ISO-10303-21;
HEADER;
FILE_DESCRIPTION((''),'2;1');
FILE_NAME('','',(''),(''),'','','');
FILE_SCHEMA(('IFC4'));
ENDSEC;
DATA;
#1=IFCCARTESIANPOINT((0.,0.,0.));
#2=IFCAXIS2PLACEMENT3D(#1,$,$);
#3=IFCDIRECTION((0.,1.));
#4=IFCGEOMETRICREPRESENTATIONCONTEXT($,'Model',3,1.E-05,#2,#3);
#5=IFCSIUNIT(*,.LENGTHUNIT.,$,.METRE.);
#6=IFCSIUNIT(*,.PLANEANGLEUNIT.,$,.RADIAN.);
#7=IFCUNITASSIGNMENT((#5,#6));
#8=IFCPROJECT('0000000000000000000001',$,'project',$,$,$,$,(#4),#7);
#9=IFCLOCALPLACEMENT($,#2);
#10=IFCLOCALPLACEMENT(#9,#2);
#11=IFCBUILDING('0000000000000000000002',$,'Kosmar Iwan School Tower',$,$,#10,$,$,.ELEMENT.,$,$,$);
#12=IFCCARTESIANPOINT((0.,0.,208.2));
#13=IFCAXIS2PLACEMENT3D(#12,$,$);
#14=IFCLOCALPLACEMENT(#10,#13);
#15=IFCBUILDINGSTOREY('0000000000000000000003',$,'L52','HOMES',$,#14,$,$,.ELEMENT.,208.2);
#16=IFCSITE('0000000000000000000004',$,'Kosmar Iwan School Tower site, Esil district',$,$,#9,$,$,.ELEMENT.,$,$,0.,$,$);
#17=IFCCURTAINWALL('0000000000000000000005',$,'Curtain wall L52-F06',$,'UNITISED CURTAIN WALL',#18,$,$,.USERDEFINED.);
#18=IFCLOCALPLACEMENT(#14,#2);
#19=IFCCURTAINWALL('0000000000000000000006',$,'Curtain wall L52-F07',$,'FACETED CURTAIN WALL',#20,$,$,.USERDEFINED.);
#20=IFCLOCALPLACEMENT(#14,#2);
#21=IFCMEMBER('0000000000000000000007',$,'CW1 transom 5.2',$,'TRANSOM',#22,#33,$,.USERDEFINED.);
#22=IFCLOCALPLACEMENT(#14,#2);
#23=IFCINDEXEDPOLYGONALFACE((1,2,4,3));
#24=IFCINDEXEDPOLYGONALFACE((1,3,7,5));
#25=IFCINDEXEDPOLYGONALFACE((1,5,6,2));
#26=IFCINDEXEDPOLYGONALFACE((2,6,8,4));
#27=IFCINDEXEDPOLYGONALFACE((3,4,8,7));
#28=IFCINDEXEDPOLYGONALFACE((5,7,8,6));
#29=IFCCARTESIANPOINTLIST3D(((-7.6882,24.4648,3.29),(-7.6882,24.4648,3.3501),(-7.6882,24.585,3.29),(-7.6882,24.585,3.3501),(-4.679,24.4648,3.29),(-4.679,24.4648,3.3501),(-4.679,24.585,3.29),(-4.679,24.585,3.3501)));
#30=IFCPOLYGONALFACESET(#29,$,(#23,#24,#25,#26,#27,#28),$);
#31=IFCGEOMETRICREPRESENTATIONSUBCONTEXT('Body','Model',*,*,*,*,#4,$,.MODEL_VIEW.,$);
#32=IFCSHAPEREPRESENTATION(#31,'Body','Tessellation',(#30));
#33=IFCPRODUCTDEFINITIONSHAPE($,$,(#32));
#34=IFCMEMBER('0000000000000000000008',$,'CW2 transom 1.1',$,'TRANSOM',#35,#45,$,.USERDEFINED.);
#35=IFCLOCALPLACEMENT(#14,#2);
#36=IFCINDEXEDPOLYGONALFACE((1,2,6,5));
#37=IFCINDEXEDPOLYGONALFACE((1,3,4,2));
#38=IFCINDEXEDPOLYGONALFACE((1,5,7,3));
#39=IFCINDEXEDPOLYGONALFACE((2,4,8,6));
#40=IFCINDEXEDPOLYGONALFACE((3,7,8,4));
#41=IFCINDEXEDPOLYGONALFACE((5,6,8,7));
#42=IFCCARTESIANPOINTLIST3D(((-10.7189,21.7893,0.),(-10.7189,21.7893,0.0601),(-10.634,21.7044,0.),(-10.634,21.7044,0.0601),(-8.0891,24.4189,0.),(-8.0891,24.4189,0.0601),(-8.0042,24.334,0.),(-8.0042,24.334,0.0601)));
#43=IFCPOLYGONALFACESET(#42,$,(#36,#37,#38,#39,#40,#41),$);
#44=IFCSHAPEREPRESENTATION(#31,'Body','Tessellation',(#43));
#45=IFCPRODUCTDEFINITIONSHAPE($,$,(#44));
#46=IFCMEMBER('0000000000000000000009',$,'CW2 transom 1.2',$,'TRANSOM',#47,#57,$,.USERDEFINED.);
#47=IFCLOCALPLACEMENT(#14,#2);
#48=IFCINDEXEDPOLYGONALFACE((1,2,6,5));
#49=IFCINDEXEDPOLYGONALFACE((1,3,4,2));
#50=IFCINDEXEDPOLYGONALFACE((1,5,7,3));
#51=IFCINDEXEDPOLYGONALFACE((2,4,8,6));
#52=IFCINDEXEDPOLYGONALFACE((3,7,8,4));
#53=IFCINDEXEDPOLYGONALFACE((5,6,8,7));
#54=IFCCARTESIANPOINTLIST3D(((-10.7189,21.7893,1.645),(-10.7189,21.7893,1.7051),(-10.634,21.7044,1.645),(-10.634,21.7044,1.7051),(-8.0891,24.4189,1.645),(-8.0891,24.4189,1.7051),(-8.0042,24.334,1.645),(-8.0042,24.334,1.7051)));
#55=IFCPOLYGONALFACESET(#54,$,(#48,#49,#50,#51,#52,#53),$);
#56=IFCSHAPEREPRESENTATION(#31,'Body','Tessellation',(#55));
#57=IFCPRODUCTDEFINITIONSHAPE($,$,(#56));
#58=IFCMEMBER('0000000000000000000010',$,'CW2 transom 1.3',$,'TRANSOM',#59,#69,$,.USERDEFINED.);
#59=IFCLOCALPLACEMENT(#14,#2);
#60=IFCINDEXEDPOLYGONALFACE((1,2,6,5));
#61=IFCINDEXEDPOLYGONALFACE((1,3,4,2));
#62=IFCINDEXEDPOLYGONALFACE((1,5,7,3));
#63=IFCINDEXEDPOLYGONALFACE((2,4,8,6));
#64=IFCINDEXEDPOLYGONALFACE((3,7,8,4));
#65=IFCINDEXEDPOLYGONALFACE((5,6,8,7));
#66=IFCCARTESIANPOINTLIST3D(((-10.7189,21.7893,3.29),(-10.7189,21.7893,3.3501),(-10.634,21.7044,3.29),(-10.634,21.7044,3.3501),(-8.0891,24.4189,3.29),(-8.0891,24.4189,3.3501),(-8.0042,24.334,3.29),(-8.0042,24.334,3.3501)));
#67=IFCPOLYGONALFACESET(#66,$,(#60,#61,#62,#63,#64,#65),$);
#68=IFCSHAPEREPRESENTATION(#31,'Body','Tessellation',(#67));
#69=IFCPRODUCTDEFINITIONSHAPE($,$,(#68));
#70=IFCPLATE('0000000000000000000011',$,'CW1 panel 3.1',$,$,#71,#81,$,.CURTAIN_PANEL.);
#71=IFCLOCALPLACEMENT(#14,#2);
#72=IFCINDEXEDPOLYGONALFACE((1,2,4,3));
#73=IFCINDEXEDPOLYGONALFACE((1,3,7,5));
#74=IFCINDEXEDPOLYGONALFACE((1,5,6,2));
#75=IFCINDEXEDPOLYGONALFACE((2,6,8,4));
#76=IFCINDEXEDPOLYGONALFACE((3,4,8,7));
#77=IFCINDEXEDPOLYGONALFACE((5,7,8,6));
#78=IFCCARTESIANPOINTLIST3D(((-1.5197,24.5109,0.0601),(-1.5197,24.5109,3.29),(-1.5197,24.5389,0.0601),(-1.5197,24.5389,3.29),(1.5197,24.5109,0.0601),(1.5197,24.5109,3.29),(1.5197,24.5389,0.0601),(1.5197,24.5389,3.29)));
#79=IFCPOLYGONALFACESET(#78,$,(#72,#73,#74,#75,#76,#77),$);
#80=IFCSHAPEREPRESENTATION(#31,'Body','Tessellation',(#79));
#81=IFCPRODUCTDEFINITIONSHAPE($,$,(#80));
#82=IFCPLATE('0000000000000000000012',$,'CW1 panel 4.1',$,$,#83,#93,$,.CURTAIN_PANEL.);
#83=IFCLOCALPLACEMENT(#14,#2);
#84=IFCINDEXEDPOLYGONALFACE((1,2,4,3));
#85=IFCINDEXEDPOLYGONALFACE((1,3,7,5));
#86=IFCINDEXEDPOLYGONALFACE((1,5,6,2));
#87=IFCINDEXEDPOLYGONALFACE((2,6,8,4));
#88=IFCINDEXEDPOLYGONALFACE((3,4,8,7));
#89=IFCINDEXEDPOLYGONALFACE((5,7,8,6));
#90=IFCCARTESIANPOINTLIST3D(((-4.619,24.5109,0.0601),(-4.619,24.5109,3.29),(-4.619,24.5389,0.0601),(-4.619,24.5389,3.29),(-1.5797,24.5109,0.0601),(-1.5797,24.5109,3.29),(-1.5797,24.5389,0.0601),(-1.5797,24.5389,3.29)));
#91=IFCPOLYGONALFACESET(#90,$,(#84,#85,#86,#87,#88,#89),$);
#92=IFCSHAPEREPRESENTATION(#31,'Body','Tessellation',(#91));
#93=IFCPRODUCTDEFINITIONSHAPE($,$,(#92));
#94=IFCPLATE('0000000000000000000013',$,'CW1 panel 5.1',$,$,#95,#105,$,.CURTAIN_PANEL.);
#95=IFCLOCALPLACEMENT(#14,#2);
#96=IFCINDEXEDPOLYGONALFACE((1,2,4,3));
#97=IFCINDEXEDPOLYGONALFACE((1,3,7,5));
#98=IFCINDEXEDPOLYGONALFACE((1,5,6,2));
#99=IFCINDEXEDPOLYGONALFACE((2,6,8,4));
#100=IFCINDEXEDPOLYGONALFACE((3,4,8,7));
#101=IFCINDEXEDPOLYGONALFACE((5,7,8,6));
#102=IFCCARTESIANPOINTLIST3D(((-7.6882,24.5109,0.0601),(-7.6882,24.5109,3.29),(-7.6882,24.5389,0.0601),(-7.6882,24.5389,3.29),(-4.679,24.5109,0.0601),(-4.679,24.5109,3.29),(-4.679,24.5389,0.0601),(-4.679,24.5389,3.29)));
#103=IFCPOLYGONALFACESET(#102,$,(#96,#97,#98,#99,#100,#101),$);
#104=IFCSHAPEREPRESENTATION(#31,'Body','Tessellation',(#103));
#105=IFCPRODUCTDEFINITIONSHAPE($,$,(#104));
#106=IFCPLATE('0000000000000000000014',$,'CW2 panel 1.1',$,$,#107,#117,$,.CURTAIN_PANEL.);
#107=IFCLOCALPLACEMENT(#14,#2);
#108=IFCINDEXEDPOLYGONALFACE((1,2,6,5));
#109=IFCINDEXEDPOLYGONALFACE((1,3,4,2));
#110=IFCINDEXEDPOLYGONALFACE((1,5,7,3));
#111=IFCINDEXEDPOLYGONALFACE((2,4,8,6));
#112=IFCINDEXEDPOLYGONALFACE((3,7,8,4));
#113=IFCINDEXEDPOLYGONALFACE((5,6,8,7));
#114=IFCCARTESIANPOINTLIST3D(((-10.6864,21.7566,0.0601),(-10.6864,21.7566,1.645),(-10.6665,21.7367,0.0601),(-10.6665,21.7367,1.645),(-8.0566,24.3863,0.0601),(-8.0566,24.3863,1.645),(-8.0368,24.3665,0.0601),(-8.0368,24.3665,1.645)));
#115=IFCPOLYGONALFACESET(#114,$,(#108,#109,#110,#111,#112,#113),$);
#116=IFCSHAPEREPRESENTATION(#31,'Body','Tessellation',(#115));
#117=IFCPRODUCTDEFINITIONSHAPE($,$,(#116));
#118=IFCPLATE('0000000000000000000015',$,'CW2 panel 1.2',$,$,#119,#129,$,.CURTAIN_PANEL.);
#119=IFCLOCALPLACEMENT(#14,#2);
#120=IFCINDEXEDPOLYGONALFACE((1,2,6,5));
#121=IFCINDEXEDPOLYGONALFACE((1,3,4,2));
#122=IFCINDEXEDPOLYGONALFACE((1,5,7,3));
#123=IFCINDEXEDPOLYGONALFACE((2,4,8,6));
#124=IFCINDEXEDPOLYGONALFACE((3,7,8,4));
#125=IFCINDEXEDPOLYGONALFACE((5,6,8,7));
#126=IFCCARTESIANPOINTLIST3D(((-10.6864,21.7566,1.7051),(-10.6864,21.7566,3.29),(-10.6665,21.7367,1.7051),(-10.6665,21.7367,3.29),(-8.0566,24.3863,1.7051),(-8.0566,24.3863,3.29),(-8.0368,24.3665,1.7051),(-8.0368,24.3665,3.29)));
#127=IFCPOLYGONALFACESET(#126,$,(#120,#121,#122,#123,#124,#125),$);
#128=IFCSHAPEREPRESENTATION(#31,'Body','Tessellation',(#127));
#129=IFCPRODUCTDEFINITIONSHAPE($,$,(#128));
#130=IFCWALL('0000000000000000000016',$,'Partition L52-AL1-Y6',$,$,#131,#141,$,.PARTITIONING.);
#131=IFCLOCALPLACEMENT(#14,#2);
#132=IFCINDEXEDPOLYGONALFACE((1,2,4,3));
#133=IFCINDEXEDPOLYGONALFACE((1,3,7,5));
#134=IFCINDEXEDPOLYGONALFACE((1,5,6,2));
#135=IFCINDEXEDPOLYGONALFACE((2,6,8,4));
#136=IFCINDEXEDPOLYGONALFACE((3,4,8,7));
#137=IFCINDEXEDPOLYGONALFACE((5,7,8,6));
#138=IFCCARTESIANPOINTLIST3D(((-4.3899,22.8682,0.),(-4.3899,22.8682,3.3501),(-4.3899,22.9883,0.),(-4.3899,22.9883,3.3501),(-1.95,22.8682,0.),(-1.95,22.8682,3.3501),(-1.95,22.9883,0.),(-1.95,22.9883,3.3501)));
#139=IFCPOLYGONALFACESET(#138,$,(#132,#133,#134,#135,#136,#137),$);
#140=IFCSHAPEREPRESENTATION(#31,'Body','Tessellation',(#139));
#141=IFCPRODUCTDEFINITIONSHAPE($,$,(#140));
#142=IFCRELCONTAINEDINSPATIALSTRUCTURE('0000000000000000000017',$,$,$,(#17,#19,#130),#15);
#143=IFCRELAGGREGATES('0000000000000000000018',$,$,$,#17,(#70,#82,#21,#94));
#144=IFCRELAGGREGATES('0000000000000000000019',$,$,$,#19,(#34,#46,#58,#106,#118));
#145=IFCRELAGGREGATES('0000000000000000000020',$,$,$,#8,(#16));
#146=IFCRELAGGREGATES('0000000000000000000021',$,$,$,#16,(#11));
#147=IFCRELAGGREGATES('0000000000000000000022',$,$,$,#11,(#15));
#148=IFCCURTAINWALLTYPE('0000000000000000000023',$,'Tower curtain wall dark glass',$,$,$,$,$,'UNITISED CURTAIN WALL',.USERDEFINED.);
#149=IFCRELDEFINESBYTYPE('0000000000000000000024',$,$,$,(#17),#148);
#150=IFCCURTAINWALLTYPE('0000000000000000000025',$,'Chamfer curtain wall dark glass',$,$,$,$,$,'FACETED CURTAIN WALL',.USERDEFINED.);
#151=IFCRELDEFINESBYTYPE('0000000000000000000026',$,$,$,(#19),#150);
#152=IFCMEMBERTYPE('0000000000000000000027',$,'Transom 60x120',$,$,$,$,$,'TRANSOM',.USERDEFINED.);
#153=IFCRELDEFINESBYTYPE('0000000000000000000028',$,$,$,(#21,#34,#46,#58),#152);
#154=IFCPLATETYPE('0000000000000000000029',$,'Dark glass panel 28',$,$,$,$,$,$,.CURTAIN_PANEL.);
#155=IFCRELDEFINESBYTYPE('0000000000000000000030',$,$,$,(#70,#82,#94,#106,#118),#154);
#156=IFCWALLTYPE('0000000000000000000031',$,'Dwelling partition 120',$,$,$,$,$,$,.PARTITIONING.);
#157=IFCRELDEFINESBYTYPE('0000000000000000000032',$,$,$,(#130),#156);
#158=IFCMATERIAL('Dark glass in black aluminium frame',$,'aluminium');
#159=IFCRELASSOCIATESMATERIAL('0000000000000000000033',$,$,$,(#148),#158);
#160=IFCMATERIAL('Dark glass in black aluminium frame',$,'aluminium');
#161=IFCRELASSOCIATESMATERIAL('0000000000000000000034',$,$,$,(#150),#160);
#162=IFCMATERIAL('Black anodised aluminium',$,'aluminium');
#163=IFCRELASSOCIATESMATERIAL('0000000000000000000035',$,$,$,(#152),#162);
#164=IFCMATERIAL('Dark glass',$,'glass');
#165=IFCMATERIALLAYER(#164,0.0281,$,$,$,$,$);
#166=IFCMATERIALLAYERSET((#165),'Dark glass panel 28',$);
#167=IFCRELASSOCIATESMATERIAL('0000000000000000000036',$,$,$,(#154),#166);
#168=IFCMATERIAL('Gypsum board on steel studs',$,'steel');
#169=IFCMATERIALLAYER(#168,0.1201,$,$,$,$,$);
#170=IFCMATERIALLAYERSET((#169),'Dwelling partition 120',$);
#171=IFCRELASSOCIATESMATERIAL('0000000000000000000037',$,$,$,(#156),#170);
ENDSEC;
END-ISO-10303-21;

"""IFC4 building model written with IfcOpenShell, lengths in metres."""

from ifc_helpers import new_model, si_unit, direction, frame, frame_2d, origin, origin_2d, place, context, subcontext, project, spatial, rectangle, extrude, material, layer, layer_set, material_profile, profile_set, type_object, element, aggregate, save


model = new_model("IFC4")

# Units and contexts
model_context = context("Model", 3, precision=1e-05, world=origin(), true_north=direction((0.0, 1.0)))
body_context = subcontext(model_context, "Body", "Model", "MODEL_VIEW")
ifc_project = project(units=[si_unit("LENGTHUNIT", "METRE"), si_unit("PLANEANGLEUNIT", "RADIAN")], contexts=[model_context])

# Site, building, storey
site_placement = place(None, origin())
site = spatial("IfcSite", under=ifc_project, at=site_placement, Name="Kosmar Iwan School Tower site, Esil district", CompositionType="ELEMENT", RefElevation=0.0)
building_placement = place(site_placement, origin())
building = spatial("IfcBuilding", under=site, at=building_placement, Name="Kosmar Iwan School Tower", CompositionType="ELEMENT")
storey_placement = place(building_placement, frame((0.0, 0.0, 208.2)))
storey = spatial("IfcBuildingStorey", under=building, at=storey_placement, Name="L52", Description="HOMES", CompositionType="ELEMENT", Elevation=208.2)

# Curtain wall
ifc_material_1 = material(Name="Dark glass in black aluminium frame", Category="aluminium")
curtain_wall_type_1 = type_object("IfcCurtainWallType", Name="Tower curtain wall dark glass", ElementType="UNITISED CURTAIN WALL", PredefinedType="USERDEFINED", material=ifc_material_1)
curtain_wall_1_placement = place(storey_placement, origin())
curtain_wall_1 = element("IfcCurtainWall", 1, at=curtain_wall_1_placement, inside=storey, type_object=curtain_wall_type_1, Name="Curtain wall L52-F06", ObjectType="UNITISED CURTAIN WALL", PredefinedType="USERDEFINED")

# Curtain wall
ifc_material_2 = material(Name="Dark glass in black aluminium frame", Category="aluminium")
curtain_wall_type_2 = type_object("IfcCurtainWallType", Name="Chamfer curtain wall dark glass", ElementType="FACETED CURTAIN WALL", PredefinedType="USERDEFINED", material=ifc_material_2)
curtain_wall_2_placement = place(storey_placement, origin())
curtain_wall_2 = element("IfcCurtainWall", 2, at=curtain_wall_2_placement, inside=storey, type_object=curtain_wall_type_2, Name="Curtain wall L52-F07", ObjectType="FACETED CURTAIN WALL", PredefinedType="USERDEFINED")

# Members
ifc_material_3 = material(Name="Black anodised aluminium", Category="aluminium")
ifc_material_profile_1 = material_profile(ifc_material_3, rectangle(XDim=0.1201, YDim=0.0601, at=origin_2d()), Name="TRANSOM 60x120")
ifc_profile_set_1 = profile_set([ifc_material_profile_1], Name="Black anodised aluminium")
member_type_1 = type_object("IfcMemberType", Name="Transom 60x120", ElementType="TRANSOM", PredefinedType="USERDEFINED", material=ifc_profile_set_1)
member_1_placement = place(storey_placement, frame((-4.679, 24.5249, 3.3201), z_axis=(-1.0, 0.0, 0.0), x_axis=(0.0, -1.0, 0.0)))
member_1 = element("IfcMember", 3, at=member_1_placement, type_object=member_type_1, Name="CW1 transom 5.2", ObjectType="TRANSOM", PredefinedType="USERDEFINED", context=body_context, shape_type="SweptSolid", body=[
    extrude(rectangle(XDim=0.1201, YDim=0.0601, at=origin_2d()), origin(), (0.0, 0.0, 1.0), 3.0093),
])
member_2_placement = place(storey_placement, frame((-8.0466, 24.3765, 0.03), z_axis=(-0.70714, -0.707074, 0.0), x_axis=(0.707074, -0.70714, 0.0)))
member_2 = element("IfcMember", 4, at=member_2_placement, type_object=member_type_1, Name="CW2 transom 1.1", ObjectType="TRANSOM", PredefinedType="USERDEFINED", context=body_context, shape_type="SweptSolid", body=[
    extrude(rectangle(XDim=0.1201, YDim=0.0601, at=origin_2d()), origin(), (0.0, 0.0, 1.0), 3.719),
])
member_3_placement = place(storey_placement, frame((-8.0466, 24.3765, 1.675), z_axis=(-0.70714, -0.707074, 0.0), x_axis=(0.707074, -0.70714, 0.0)))
member_3 = element("IfcMember", 5, at=member_3_placement, type_object=member_type_1, Name="CW2 transom 1.2", ObjectType="TRANSOM", PredefinedType="USERDEFINED", context=body_context, shape_type="SweptSolid", body=[
    extrude(rectangle(XDim=0.1201, YDim=0.0601, at=origin_2d()), origin(), (0.0, 0.0, 1.0), 3.719),
])
member_4_placement = place(storey_placement, frame((-8.0466, 24.3765, 3.3201), z_axis=(-0.70714, -0.707074, 0.0), x_axis=(0.707074, -0.70714, 0.0)))
member_4 = element("IfcMember", 6, at=member_4_placement, type_object=member_type_1, Name="CW2 transom 1.3", ObjectType="TRANSOM", PredefinedType="USERDEFINED", context=body_context, shape_type="SweptSolid", body=[
    extrude(rectangle(XDim=0.1201, YDim=0.0601, at=origin_2d()), origin(), (0.0, 0.0, 1.0), 3.719),
])

# Plates
ifc_material_4 = material(Name="Dark glass", Category="glass")
ifc_layer_1 = layer(ifc_material_4, 0.0281)
ifc_layer_set_1 = layer_set([ifc_layer_1], Name="Dark glass panel 28")
plate_type = type_object("IfcPlateType", Name="Dark glass panel 28", PredefinedType="CURTAIN_PANEL", material=ifc_layer_set_1)
plate_1_placement = place(storey_placement, frame((0.0, 24.5249, 0.0601), z_axis=(0.0, 0.0, 1.0), x_axis=(-1.0, 0.0, 0.0)))
plate_1 = element("IfcPlate", 7, at=plate_1_placement, type_object=plate_type, Name="CW1 panel 3.1", PredefinedType="CURTAIN_PANEL", context=body_context, shape_type="SweptSolid", body=[
    extrude(rectangle(XDim=3.0393, YDim=0.0281, at=origin_2d()), origin(), (0.0, 0.0, 1.0), 3.23),
])
plate_2_placement = place(storey_placement, frame((-3.0994, 24.5249, 0.0601), z_axis=(0.0, 0.0, 1.0), x_axis=(-1.0, 0.0, 0.0)))
plate_2 = element("IfcPlate", 8, at=plate_2_placement, type_object=plate_type, Name="CW1 panel 4.1", PredefinedType="CURTAIN_PANEL", context=body_context, shape_type="SweptSolid", body=[
    extrude(rectangle(XDim=3.0393, YDim=0.0281, at=origin_2d()), origin(), (0.0, 0.0, 1.0), 3.23),
])
plate_3_placement = place(storey_placement, frame((-6.1836, 24.5249, 0.0601), z_axis=(0.0, 0.0, 1.0), x_axis=(-1.0, 0.0, 0.0)))
plate_3 = element("IfcPlate", 9, at=plate_3_placement, type_object=plate_type, Name="CW1 panel 5.1", PredefinedType="CURTAIN_PANEL", context=body_context, shape_type="SweptSolid", body=[
    extrude(rectangle(XDim=3.0093, YDim=0.0281, at=origin_2d()), origin(), (0.0, 0.0, 1.0), 3.23),
])
aggregate(curtain_wall_1, [plate_1, plate_2, member_1, plate_3])
plate_4_placement = place(storey_placement, frame((-9.3616, 23.0615, 0.0601), z_axis=(0.0, 0.0, 1.0), x_axis=(-0.707107, -0.707107, 0.0)))
plate_4 = element("IfcPlate", 10, at=plate_4_placement, type_object=plate_type, Name="CW2 panel 1.1", PredefinedType="CURTAIN_PANEL", context=body_context, shape_type="SweptSolid", body=[
    extrude(rectangle(XDim=3.719, YDim=0.0281, at=origin_2d()), origin(), (0.0, 0.0, 1.0), 1.585),
])
plate_5_placement = place(storey_placement, frame((-9.3616, 23.0615, 1.7051), z_axis=(0.0, 0.0, 1.0), x_axis=(-0.707107, -0.707107, 0.0)))
plate_5 = element("IfcPlate", 11, at=plate_5_placement, type_object=plate_type, Name="CW2 panel 1.2", PredefinedType="CURTAIN_PANEL", context=body_context, shape_type="SweptSolid", body=[
    extrude(rectangle(XDim=3.719, YDim=0.0281, at=origin_2d()), origin(), (0.0, 0.0, 1.0), 1.585),
])
aggregate(curtain_wall_2, [member_2, member_3, member_4, plate_4, plate_5])

# Wall
ifc_material_5 = material(Name="Gypsum board on steel studs", Category="steel")
ifc_layer_2 = layer(ifc_material_5, 0.1201)
ifc_layer_set_2 = layer_set([ifc_layer_2], Name="Dwelling partition 120")
wall_type = type_object("IfcWallType", Name="Dwelling partition 120", PredefinedType="PARTITIONING", material=ifc_layer_set_2)
wall_placement = place(storey_placement, frame((-1.95, 22.9282, 0.0), z_axis=(0.0, 0.0, 1.0), x_axis=(-1.0, 0.0, 0.0)))
element("IfcWall", 12, at=wall_placement, inside=storey, type_object=wall_type, Name="Partition L52-AL1-Y6", PredefinedType="PARTITIONING", context=body_context, shape_type="SweptSolid", body=[
    extrude(rectangle(XDim=2.4399, YDim=0.1201, at=frame_2d((1.22, 0.0))), origin(), (0.0, 0.0, 1.0), 3.3501),
])

save(model, "model.ifc")
